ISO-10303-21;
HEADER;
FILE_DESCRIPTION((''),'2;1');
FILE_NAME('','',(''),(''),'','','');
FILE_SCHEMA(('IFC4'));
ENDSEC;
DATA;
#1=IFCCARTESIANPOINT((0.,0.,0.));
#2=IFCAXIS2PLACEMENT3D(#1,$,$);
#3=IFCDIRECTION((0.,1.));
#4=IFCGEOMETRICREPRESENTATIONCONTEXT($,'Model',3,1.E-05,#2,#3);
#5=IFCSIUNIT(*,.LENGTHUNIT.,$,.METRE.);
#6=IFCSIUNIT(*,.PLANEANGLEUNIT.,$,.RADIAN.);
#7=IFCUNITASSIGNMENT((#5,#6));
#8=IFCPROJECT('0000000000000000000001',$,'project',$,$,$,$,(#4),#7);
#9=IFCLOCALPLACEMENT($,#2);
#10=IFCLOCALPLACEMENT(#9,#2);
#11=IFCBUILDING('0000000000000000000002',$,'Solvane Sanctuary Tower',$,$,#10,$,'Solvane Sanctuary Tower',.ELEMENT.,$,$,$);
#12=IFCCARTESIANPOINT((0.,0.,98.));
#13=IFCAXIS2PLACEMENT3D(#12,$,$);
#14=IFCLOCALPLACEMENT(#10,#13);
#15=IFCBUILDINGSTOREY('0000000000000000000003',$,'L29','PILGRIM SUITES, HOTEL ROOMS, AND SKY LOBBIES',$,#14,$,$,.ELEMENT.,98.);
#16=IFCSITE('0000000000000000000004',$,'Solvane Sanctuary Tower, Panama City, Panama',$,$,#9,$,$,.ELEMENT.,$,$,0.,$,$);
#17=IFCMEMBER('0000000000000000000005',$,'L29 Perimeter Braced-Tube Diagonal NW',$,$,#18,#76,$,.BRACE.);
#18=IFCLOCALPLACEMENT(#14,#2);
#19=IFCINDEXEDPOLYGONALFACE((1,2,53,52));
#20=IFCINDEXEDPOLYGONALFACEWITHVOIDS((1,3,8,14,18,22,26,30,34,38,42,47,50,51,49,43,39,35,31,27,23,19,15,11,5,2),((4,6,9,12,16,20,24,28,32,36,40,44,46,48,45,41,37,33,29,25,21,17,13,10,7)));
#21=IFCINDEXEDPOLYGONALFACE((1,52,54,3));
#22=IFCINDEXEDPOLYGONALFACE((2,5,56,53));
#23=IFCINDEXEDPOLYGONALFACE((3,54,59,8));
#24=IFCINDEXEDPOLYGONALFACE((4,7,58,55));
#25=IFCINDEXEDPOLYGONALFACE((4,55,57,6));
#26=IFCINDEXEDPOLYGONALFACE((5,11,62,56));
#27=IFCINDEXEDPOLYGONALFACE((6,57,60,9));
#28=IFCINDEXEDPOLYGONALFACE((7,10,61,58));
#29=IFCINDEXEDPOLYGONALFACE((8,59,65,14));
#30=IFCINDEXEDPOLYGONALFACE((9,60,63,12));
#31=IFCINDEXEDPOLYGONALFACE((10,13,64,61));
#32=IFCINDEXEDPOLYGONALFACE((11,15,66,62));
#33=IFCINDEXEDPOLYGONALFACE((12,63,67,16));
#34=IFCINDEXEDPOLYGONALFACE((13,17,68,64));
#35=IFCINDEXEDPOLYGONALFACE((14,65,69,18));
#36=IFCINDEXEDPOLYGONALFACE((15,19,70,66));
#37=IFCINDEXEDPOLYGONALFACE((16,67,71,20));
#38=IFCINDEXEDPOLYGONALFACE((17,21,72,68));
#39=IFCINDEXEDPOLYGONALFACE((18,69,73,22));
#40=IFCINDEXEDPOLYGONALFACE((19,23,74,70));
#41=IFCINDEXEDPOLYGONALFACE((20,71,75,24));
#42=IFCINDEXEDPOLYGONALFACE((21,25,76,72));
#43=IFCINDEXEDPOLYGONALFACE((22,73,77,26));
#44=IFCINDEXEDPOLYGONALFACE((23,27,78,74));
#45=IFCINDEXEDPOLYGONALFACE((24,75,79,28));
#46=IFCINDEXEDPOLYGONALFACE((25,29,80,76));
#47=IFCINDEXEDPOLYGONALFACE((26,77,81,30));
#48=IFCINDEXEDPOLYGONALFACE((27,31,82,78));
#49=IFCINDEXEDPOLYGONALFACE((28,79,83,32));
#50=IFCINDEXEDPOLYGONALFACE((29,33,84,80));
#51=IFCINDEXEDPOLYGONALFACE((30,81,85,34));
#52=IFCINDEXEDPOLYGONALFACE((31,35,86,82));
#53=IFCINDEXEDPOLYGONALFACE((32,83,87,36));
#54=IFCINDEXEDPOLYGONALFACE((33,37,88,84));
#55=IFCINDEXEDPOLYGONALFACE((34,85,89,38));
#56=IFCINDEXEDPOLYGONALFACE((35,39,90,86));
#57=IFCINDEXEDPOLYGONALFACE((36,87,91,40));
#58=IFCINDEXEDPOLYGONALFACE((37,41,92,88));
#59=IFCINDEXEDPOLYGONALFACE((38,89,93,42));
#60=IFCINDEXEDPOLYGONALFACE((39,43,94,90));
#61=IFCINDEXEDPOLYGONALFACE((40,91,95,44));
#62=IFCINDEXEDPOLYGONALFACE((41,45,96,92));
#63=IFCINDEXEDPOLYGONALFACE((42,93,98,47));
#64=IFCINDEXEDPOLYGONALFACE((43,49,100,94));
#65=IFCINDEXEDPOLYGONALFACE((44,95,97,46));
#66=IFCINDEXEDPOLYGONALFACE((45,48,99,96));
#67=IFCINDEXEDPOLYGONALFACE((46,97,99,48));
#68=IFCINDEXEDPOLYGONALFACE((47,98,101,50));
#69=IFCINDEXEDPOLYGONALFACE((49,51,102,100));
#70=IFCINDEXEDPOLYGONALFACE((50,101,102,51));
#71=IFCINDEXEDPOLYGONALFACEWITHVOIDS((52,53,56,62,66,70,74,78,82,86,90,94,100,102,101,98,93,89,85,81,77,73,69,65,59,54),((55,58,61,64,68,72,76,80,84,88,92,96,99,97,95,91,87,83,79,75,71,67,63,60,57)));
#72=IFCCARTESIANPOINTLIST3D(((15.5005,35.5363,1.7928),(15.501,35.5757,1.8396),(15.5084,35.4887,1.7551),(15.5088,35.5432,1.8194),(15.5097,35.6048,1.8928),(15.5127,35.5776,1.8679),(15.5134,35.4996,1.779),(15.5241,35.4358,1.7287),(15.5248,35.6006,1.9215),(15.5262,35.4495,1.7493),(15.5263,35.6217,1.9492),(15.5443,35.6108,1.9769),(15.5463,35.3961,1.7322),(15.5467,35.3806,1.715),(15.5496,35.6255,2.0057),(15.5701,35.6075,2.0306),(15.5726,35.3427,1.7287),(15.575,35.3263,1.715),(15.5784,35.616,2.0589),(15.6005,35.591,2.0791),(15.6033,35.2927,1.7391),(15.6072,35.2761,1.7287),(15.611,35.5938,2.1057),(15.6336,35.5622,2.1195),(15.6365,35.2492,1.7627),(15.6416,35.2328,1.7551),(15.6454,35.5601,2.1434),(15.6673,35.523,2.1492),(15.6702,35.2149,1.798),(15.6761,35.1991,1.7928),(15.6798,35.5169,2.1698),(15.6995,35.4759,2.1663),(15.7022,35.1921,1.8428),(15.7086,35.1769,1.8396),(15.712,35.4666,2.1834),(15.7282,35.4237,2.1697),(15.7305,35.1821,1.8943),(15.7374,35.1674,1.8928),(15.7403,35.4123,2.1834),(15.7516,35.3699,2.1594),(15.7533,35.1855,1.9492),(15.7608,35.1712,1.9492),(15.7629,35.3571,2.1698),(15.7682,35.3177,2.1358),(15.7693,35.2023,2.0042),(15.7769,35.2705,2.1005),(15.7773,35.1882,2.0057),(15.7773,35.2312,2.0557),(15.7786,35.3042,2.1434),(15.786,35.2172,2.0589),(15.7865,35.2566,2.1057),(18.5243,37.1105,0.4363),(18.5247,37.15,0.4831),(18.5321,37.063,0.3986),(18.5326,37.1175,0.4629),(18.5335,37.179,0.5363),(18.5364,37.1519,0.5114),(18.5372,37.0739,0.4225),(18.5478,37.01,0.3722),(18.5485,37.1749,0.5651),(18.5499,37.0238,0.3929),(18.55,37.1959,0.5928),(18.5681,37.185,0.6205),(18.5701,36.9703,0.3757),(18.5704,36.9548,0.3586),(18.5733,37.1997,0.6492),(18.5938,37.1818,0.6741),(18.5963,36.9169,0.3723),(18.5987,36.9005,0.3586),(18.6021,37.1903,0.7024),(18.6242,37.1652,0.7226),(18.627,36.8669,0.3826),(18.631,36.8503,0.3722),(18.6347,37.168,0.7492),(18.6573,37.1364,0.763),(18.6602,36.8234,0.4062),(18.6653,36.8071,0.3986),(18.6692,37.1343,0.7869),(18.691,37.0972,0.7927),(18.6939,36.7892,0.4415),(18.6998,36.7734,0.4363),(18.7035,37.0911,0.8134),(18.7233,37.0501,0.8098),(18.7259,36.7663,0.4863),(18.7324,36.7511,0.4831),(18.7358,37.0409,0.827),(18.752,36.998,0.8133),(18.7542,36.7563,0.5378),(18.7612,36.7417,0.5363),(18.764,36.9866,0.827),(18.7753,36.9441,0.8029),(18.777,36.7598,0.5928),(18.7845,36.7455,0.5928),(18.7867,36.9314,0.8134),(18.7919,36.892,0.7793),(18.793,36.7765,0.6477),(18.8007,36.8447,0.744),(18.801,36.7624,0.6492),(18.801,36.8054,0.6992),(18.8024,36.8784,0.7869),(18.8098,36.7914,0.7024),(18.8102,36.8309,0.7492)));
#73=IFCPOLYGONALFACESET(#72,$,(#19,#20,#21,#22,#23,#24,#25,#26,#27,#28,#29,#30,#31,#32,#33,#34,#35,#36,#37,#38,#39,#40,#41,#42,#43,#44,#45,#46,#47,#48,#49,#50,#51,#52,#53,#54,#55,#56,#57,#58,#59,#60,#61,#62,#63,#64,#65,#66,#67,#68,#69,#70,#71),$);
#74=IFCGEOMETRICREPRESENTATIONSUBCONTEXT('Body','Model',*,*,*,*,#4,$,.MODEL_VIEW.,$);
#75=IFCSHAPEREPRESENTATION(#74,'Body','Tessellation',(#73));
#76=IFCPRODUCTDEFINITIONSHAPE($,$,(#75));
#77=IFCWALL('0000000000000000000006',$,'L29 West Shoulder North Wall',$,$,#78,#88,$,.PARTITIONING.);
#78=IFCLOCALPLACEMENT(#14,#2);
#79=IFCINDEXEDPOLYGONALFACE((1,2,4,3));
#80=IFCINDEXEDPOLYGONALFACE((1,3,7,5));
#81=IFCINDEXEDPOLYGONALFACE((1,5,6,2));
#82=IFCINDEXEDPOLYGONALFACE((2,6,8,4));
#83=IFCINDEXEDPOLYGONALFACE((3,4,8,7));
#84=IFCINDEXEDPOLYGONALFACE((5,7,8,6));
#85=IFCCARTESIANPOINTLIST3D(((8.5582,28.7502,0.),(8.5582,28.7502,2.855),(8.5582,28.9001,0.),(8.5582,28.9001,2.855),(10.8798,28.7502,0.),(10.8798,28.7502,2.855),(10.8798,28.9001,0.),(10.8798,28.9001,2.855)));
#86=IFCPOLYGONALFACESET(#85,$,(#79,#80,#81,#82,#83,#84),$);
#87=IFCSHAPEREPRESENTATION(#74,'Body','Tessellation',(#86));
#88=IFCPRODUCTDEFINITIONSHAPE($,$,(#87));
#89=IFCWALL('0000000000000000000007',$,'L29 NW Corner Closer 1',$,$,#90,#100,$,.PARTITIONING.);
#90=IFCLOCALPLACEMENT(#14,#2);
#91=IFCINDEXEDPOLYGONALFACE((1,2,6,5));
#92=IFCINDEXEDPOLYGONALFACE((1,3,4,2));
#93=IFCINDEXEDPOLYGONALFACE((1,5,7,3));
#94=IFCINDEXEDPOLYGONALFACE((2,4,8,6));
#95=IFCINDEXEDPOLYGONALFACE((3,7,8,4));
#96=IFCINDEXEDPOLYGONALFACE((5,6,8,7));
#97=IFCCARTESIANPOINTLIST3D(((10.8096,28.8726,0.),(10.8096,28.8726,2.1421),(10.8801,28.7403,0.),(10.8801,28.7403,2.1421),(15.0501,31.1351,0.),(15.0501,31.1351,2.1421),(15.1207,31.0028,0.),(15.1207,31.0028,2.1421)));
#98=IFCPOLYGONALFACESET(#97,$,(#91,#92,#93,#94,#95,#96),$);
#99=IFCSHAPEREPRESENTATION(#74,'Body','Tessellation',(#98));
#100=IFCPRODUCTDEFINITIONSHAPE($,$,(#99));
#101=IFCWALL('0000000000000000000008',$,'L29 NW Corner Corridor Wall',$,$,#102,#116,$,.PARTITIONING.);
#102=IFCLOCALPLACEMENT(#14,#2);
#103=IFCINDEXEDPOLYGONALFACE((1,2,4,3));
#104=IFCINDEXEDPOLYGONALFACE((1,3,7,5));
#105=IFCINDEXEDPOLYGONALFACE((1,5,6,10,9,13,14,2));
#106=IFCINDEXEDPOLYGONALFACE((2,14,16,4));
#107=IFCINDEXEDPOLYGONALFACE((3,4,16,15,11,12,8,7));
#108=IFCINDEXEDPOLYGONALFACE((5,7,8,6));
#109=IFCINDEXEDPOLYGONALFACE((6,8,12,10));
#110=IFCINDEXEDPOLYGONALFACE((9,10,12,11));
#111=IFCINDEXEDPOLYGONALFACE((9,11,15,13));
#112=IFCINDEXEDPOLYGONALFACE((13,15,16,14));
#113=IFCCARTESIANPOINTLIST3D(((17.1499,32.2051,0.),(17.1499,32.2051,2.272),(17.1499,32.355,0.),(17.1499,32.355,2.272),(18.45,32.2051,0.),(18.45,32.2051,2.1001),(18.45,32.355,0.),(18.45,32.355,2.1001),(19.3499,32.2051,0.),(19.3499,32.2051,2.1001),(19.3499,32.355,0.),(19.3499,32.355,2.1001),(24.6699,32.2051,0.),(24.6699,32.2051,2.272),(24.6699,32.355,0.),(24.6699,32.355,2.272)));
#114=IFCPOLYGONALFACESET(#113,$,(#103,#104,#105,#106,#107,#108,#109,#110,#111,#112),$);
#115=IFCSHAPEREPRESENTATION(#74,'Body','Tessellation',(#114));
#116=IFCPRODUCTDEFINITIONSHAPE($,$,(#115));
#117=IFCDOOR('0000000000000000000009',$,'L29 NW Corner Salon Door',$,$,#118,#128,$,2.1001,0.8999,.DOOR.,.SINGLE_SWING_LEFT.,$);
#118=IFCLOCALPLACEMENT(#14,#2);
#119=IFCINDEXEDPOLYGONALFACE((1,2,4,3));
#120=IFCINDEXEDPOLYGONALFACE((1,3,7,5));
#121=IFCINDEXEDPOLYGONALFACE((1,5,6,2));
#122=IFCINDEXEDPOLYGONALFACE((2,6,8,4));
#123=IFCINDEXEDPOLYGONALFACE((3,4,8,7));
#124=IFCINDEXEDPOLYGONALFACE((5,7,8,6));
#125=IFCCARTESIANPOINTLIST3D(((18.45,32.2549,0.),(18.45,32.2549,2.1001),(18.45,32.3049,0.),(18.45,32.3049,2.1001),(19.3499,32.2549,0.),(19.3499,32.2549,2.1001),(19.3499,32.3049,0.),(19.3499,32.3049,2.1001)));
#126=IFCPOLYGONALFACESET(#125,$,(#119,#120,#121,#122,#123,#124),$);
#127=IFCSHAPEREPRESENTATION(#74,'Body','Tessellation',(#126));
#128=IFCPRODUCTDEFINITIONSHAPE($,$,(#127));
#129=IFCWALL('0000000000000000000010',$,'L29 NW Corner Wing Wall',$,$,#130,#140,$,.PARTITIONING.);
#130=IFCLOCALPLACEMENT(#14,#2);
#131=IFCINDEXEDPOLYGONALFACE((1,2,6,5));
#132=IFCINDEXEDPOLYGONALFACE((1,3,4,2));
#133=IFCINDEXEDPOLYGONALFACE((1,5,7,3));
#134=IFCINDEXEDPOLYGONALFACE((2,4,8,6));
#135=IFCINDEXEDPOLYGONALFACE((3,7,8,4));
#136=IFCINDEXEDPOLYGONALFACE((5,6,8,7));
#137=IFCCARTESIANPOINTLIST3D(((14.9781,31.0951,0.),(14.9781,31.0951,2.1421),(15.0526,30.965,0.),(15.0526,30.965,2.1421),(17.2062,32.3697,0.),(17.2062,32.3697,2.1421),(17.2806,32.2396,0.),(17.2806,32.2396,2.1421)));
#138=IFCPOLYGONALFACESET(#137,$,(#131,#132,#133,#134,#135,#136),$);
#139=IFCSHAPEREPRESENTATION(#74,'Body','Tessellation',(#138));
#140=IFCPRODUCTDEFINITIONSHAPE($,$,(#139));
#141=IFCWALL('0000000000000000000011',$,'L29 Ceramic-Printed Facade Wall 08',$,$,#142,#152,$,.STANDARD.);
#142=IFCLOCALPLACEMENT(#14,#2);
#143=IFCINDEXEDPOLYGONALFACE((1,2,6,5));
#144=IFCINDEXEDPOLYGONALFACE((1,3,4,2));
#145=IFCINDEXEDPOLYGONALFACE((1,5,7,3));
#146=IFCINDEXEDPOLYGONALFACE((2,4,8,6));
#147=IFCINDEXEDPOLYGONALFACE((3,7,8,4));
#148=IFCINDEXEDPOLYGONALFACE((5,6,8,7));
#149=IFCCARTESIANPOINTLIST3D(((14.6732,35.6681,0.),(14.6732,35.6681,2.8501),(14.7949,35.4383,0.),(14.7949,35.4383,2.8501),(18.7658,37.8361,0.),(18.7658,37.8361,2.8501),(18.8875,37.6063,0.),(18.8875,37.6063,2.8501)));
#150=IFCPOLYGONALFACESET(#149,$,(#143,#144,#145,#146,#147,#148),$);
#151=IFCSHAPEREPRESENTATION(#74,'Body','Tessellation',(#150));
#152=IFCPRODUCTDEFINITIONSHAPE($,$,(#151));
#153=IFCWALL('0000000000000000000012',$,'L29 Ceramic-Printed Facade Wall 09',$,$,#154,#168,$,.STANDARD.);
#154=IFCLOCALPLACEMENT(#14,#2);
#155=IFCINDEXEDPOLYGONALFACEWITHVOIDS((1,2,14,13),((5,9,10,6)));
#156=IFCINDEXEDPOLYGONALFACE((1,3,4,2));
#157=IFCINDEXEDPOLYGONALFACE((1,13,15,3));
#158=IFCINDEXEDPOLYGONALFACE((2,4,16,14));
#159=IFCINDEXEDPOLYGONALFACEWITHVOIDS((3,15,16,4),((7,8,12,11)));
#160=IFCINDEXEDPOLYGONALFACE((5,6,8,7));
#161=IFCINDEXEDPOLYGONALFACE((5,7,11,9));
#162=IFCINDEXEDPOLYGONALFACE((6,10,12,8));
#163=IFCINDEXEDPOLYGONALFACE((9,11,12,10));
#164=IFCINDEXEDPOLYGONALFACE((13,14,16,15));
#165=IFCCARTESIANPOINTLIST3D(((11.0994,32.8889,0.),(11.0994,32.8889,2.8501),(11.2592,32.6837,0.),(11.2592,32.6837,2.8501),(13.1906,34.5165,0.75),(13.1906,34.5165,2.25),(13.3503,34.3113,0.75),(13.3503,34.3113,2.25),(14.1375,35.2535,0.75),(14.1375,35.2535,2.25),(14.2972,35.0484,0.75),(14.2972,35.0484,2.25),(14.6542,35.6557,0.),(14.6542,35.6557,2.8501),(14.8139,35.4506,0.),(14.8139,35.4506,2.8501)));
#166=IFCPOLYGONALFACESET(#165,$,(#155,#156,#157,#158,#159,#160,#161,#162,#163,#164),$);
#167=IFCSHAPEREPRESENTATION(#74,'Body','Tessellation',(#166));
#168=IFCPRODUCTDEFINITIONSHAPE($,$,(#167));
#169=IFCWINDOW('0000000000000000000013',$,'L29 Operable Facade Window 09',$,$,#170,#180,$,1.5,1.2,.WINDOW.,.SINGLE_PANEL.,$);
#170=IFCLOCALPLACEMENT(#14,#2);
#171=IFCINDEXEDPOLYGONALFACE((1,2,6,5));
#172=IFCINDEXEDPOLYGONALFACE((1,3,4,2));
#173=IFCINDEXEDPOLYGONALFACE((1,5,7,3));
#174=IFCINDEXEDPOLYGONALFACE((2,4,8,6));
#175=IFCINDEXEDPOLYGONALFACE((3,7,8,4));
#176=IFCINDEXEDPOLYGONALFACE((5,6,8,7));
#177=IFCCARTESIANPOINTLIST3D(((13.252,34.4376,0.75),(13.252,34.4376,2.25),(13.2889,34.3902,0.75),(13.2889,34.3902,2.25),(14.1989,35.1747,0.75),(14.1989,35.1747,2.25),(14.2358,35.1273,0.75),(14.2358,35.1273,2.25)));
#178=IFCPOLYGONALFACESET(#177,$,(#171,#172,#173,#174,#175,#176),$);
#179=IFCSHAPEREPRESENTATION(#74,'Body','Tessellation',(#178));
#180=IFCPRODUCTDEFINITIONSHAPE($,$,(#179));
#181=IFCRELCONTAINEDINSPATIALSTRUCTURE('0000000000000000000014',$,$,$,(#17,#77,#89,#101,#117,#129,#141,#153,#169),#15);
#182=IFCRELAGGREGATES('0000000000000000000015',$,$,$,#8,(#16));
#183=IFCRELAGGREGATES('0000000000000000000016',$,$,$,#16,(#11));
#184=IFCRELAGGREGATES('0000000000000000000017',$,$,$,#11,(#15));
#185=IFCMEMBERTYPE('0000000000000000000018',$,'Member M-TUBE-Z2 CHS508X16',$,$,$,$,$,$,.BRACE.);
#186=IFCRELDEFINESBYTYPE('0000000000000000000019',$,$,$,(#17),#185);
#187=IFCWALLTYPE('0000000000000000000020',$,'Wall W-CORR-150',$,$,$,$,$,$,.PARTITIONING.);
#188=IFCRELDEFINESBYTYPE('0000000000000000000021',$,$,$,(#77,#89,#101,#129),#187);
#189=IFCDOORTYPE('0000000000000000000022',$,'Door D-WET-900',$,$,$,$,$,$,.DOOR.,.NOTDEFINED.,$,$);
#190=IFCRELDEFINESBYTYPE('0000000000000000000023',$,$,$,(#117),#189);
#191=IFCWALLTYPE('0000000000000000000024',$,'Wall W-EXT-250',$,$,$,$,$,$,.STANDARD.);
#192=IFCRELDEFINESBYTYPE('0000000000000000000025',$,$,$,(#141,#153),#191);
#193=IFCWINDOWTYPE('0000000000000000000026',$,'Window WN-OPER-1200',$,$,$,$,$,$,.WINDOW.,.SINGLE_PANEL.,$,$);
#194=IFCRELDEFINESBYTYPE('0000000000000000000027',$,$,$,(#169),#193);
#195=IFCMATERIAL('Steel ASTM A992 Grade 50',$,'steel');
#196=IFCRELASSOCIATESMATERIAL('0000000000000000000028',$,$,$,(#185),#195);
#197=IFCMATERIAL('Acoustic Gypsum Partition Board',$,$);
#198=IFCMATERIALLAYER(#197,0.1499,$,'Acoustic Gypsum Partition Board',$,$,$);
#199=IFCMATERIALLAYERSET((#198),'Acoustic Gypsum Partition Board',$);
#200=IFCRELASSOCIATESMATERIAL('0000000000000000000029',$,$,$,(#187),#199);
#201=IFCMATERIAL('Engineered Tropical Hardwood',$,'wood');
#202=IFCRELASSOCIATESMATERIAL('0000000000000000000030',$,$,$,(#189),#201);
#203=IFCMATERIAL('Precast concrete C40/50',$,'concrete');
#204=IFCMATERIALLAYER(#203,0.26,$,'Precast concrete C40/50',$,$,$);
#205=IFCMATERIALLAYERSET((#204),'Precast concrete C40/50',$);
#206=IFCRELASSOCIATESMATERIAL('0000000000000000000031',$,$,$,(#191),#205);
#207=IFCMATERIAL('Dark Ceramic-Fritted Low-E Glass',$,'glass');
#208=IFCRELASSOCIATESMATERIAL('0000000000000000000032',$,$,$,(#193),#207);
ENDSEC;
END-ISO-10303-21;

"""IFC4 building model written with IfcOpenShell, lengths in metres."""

from ifc_helpers import new_model, si_unit, direction, frame, frame_2d, origin, origin_2d, place, context, subcontext, project, spatial, rectangle, hollow_circle, extrude, material, layer, layer_set, material_profile, profile_set, type_object, element, fill, save


model = new_model("IFC4")

# Units and contexts
model_context = context("Model", 3, precision=1e-05, world=origin(), true_north=direction((0.0, 1.0)))
body_context = subcontext(model_context, "Body", "Model", "MODEL_VIEW")
ifc_project = project(units=[si_unit("LENGTHUNIT", "METRE"), si_unit("PLANEANGLEUNIT", "RADIAN")], contexts=[model_context])

# Site, building, storey
site_placement = place(None, origin())
site = spatial("IfcSite", under=ifc_project, at=site_placement, Name="Solvane Sanctuary Tower, Panama City, Panama", CompositionType="ELEMENT", RefElevation=0.0)
building_placement = place(site_placement, origin())
building = spatial("IfcBuilding", under=site, at=building_placement, Name="Solvane Sanctuary Tower", LongName="Solvane Sanctuary Tower", CompositionType="ELEMENT")
storey_placement = place(building_placement, frame((0.0, 0.0, 98.0)))
storey = spatial("IfcBuildingStorey", under=building, at=storey_placement, Name="L29", Description="PILGRIM SUITES, HOTEL ROOMS, AND SKY LOBBIES", CompositionType="ELEMENT", Elevation=98.0)

# Shared definitions
ifc_material_1 = material(Name="Steel ASTM A992 Grade 50", Category="steel")

# Member
ifc_material_profile_1 = material_profile(ifc_material_1, hollow_circle(Radius=0.2539, WallThickness=0.0161, at=origin_2d()), Name="CHS508X16")
ifc_profile_set_1 = profile_set([ifc_material_profile_1], Name="Steel ASTM A992 Grade 50")
member_type = type_object("IfcMemberType", Name="Member M-TUBE-Z2 CHS508X16", PredefinedType="BRACE", material=ifc_profile_set_1)
member_placement = place(storey_placement, frame((18.6672, 36.9707, 0.5928), z_axis=(-0.824141, -0.429072, 0.369715), x_axis=(0.461792, -0.886988, 0.0)))
element("IfcMember", 1, at=member_placement, inside=storey, type_object=member_type, Name="L29 Perimeter Braced-Tube Diagonal NW", PredefinedType="BRACE", context=body_context, shape_type="SweptSolid", body=[
    extrude(hollow_circle(Radius=0.2539, WallThickness=0.0161, at=origin_2d()), origin(), (0.0, 0.0, 1.0), 3.6689),
])

# Walls
ifc_material_2 = material(Name="Acoustic Gypsum Partition Board")
ifc_layer_1 = layer(ifc_material_2, 0.1499, Name="Acoustic Gypsum Partition Board")
ifc_layer_set_1 = layer_set([ifc_layer_1], Name="Acoustic Gypsum Partition Board")
wall_type_1 = type_object("IfcWallType", Name="Wall W-CORR-150", PredefinedType="PARTITIONING", material=ifc_layer_set_1)
wall_1_placement = place(storey_placement, frame((8.5583, 28.8252, 0.0), z_axis=(0.0, 0.0, 1.0), x_axis=(1.0, 0.0, 0.0)))
element("IfcWall", 2, at=wall_1_placement, inside=storey, type_object=wall_type_1, Name="L29 West Shoulder North Wall", PredefinedType="PARTITIONING", context=body_context, shape_type="SweptSolid", body=[
    extrude(rectangle(XDim=2.3215, YDim=0.1499, at=frame_2d((1.1606, 0.0))), origin(), (0.0, 0.0, 1.0), 2.855),
])
wall_2_placement = place(storey_placement, frame((10.8447, 28.8064, 0.0), z_axis=(0.0, 0.0, 1.0), x_axis=(0.882278, 0.470728, 0.0)))
element("IfcWall", 3, at=wall_2_placement, inside=storey, type_object=wall_type_1, Name="L29 NW Corner Closer 1", PredefinedType="PARTITIONING", context=body_context, shape_type="SweptSolid", body=[
    extrude(rectangle(XDim=4.8064, YDim=0.1499, at=frame_2d((2.4033, 0.0))), origin(), (0.0, 0.0, 1.0), 2.1421),
])

# Wall, opening, door
wall_3_placement = place(storey_placement, frame((17.1499, 32.28, 0.0), z_axis=(0.0, 0.0, 1.0), x_axis=(1.0, 0.0, 0.0)))
wall_3 = element("IfcWall", 4, at=wall_3_placement, inside=storey, type_object=wall_type_1, Name="L29 NW Corner Corridor Wall", PredefinedType="PARTITIONING", context=body_context, shape_type="SweptSolid", body=[
    extrude(rectangle(XDim=7.52, YDim=0.1499, at=frame_2d((3.76, 0.0))), origin(), (0.0, 0.0, 1.0), 2.272),
])
opening_1_placement = place(wall_3_placement, frame((1.3, 0.0, 0.0)))
opening_1 = element("IfcOpeningElement", 5, at=opening_1_placement, cuts=wall_3, PredefinedType="OPENING", context=body_context, shape_type="SweptSolid", body=[
    extrude(rectangle(XDim=0.8999, YDim=2.1001, at=frame_2d((0.45, 1.05))), frame((0.0, 0.085, 0.0), z_axis=(0.0, -1.0, 0.0), x_axis=(1.0, 0.0, 0.0)), (0.0, 0.0, 1.0), 0.1699),
])
ifc_material_3 = material(Name="Engineered Tropical Hardwood", Category="wood")
door_type_1 = type_object("IfcDoorType", Name="Door D-WET-900", OperationType="NOTDEFINED", PredefinedType="DOOR", material=ifc_material_3)
door_1_placement = place(opening_1_placement, origin())
door_1 = element("IfcDoor", 6, at=door_1_placement, inside=storey, type_object=door_type_1, Name="L29 NW Corner Salon Door", OperationType="SINGLE_SWING_LEFT", OverallHeight=2.1001, OverallWidth=0.8999, PredefinedType="DOOR", context=body_context, shape_type="SweptSolid", body=[
    extrude(rectangle(XDim=0.8999, YDim=2.1001, at=frame_2d((0.45, 1.05))), frame((0.0, 0.0249, 0.0), z_axis=(0.0, -1.0, 0.0), x_axis=(1.0, 0.0, 0.0)), (0.0, 0.0, 1.0), 0.05),
])
fill(opening_1, door_1)

# Walls
wall_4_placement = place(storey_placement, frame((17.2434, 32.3047, 0.0), z_axis=(0.0, 0.0, 1.0), x_axis=(-0.867991, -0.496579, 0.0)))
element("IfcWall", 7, at=wall_4_placement, inside=storey, type_object=wall_type_1, Name="L29 NW Corner Wing Wall", PredefinedType="PARTITIONING", context=body_context, shape_type="SweptSolid", body=[
    extrude(rectangle(XDim=2.5669, YDim=0.1499, at=frame_2d((1.2834, 0.0))), origin(), (0.0, 0.0, 1.0), 2.1421),
])
ifc_material_4 = material(Name="Precast concrete C40/50", Category="concrete")
ifc_layer_2 = layer(ifc_material_4, 0.26, Name="Precast concrete C40/50")
ifc_layer_set_2 = layer_set([ifc_layer_2], Name="Precast concrete C40/50")
wall_type_2 = type_object("IfcWallType", Name="Wall W-EXT-250", PredefinedType="STANDARD", material=ifc_layer_set_2)
wall_5_placement = place(storey_placement, frame((18.8267, 37.7212, 0.0), z_axis=(0.0, 0.0, 1.0), x_axis=(-0.883669, -0.468113, 0.0)))
element("IfcWall", 8, at=wall_5_placement, inside=storey, type_object=wall_type_2, Name="L29 Ceramic-Printed Facade Wall 08", PredefinedType="STANDARD", context=body_context, shape_type="SweptSolid", body=[
    extrude(rectangle(XDim=4.6313, YDim=0.26, at=frame_2d((2.3157, 0.0))), origin(), (0.0, 0.0, 1.0), 2.8501),
])

# Wall, opening, window
wall_6_placement = place(storey_placement, frame((14.7341, 35.5532, 0.0), z_axis=(0.0, 0.0, 1.0), x_axis=(-0.789127, -0.614229, 0.0)))
wall_6 = element("IfcWall", 9, at=wall_6_placement, inside=storey, type_object=wall_type_2, Name="L29 Ceramic-Printed Facade Wall 09", PredefinedType="STANDARD", context=body_context, shape_type="SweptSolid", body=[
    extrude(rectangle(XDim=4.5046, YDim=0.26, at=frame_2d((2.2524, 0.0))), origin(), (0.0, 0.0, 1.0), 2.8501),
])
opening_2_placement = place(wall_6_placement, frame((0.6548, 0.0, 0.75)))
opening_2 = element("IfcOpeningElement", 10, at=opening_2_placement, cuts=wall_6, PredefinedType="OPENING", context=body_context, shape_type="SweptSolid", body=[
    extrude(rectangle(XDim=1.2, YDim=1.5, at=frame_2d((0.6001, 0.75))), frame((0.0, 0.1399, 0.0), z_axis=(0.0, -1.0, 0.0), x_axis=(1.0, 0.0, 0.0)), (0.0, 0.0, 1.0), 0.28),
])
ifc_material_5 = material(Name="Dark Ceramic-Fritted Low-E Glass", Category="glass")
window_type_1 = type_object("IfcWindowType", Name="Window WN-OPER-1200", PartitioningType="SINGLE_PANEL", PredefinedType="WINDOW", material=ifc_material_5)
window_1_placement = place(opening_2_placement, origin())
window_1 = element("IfcWindow", 11, at=window_1_placement, inside=storey, type_object=window_type_1, Name="L29 Operable Facade Window 09", OverallHeight=1.5, OverallWidth=1.2, PartitioningType="SINGLE_PANEL", PredefinedType="WINDOW", context=body_context, shape_type="SweptSolid", body=[
    extrude(rectangle(XDim=1.2, YDim=1.5, at=frame_2d((0.6001, 0.75))), frame((0.0, 0.03, 0.0), z_axis=(0.0, -1.0, 0.0), x_axis=(1.0, 0.0, 0.0)), (0.0, 0.0, 1.0), 0.0601),
])
fill(opening_2, window_1)

save(model, "model.ifc")
